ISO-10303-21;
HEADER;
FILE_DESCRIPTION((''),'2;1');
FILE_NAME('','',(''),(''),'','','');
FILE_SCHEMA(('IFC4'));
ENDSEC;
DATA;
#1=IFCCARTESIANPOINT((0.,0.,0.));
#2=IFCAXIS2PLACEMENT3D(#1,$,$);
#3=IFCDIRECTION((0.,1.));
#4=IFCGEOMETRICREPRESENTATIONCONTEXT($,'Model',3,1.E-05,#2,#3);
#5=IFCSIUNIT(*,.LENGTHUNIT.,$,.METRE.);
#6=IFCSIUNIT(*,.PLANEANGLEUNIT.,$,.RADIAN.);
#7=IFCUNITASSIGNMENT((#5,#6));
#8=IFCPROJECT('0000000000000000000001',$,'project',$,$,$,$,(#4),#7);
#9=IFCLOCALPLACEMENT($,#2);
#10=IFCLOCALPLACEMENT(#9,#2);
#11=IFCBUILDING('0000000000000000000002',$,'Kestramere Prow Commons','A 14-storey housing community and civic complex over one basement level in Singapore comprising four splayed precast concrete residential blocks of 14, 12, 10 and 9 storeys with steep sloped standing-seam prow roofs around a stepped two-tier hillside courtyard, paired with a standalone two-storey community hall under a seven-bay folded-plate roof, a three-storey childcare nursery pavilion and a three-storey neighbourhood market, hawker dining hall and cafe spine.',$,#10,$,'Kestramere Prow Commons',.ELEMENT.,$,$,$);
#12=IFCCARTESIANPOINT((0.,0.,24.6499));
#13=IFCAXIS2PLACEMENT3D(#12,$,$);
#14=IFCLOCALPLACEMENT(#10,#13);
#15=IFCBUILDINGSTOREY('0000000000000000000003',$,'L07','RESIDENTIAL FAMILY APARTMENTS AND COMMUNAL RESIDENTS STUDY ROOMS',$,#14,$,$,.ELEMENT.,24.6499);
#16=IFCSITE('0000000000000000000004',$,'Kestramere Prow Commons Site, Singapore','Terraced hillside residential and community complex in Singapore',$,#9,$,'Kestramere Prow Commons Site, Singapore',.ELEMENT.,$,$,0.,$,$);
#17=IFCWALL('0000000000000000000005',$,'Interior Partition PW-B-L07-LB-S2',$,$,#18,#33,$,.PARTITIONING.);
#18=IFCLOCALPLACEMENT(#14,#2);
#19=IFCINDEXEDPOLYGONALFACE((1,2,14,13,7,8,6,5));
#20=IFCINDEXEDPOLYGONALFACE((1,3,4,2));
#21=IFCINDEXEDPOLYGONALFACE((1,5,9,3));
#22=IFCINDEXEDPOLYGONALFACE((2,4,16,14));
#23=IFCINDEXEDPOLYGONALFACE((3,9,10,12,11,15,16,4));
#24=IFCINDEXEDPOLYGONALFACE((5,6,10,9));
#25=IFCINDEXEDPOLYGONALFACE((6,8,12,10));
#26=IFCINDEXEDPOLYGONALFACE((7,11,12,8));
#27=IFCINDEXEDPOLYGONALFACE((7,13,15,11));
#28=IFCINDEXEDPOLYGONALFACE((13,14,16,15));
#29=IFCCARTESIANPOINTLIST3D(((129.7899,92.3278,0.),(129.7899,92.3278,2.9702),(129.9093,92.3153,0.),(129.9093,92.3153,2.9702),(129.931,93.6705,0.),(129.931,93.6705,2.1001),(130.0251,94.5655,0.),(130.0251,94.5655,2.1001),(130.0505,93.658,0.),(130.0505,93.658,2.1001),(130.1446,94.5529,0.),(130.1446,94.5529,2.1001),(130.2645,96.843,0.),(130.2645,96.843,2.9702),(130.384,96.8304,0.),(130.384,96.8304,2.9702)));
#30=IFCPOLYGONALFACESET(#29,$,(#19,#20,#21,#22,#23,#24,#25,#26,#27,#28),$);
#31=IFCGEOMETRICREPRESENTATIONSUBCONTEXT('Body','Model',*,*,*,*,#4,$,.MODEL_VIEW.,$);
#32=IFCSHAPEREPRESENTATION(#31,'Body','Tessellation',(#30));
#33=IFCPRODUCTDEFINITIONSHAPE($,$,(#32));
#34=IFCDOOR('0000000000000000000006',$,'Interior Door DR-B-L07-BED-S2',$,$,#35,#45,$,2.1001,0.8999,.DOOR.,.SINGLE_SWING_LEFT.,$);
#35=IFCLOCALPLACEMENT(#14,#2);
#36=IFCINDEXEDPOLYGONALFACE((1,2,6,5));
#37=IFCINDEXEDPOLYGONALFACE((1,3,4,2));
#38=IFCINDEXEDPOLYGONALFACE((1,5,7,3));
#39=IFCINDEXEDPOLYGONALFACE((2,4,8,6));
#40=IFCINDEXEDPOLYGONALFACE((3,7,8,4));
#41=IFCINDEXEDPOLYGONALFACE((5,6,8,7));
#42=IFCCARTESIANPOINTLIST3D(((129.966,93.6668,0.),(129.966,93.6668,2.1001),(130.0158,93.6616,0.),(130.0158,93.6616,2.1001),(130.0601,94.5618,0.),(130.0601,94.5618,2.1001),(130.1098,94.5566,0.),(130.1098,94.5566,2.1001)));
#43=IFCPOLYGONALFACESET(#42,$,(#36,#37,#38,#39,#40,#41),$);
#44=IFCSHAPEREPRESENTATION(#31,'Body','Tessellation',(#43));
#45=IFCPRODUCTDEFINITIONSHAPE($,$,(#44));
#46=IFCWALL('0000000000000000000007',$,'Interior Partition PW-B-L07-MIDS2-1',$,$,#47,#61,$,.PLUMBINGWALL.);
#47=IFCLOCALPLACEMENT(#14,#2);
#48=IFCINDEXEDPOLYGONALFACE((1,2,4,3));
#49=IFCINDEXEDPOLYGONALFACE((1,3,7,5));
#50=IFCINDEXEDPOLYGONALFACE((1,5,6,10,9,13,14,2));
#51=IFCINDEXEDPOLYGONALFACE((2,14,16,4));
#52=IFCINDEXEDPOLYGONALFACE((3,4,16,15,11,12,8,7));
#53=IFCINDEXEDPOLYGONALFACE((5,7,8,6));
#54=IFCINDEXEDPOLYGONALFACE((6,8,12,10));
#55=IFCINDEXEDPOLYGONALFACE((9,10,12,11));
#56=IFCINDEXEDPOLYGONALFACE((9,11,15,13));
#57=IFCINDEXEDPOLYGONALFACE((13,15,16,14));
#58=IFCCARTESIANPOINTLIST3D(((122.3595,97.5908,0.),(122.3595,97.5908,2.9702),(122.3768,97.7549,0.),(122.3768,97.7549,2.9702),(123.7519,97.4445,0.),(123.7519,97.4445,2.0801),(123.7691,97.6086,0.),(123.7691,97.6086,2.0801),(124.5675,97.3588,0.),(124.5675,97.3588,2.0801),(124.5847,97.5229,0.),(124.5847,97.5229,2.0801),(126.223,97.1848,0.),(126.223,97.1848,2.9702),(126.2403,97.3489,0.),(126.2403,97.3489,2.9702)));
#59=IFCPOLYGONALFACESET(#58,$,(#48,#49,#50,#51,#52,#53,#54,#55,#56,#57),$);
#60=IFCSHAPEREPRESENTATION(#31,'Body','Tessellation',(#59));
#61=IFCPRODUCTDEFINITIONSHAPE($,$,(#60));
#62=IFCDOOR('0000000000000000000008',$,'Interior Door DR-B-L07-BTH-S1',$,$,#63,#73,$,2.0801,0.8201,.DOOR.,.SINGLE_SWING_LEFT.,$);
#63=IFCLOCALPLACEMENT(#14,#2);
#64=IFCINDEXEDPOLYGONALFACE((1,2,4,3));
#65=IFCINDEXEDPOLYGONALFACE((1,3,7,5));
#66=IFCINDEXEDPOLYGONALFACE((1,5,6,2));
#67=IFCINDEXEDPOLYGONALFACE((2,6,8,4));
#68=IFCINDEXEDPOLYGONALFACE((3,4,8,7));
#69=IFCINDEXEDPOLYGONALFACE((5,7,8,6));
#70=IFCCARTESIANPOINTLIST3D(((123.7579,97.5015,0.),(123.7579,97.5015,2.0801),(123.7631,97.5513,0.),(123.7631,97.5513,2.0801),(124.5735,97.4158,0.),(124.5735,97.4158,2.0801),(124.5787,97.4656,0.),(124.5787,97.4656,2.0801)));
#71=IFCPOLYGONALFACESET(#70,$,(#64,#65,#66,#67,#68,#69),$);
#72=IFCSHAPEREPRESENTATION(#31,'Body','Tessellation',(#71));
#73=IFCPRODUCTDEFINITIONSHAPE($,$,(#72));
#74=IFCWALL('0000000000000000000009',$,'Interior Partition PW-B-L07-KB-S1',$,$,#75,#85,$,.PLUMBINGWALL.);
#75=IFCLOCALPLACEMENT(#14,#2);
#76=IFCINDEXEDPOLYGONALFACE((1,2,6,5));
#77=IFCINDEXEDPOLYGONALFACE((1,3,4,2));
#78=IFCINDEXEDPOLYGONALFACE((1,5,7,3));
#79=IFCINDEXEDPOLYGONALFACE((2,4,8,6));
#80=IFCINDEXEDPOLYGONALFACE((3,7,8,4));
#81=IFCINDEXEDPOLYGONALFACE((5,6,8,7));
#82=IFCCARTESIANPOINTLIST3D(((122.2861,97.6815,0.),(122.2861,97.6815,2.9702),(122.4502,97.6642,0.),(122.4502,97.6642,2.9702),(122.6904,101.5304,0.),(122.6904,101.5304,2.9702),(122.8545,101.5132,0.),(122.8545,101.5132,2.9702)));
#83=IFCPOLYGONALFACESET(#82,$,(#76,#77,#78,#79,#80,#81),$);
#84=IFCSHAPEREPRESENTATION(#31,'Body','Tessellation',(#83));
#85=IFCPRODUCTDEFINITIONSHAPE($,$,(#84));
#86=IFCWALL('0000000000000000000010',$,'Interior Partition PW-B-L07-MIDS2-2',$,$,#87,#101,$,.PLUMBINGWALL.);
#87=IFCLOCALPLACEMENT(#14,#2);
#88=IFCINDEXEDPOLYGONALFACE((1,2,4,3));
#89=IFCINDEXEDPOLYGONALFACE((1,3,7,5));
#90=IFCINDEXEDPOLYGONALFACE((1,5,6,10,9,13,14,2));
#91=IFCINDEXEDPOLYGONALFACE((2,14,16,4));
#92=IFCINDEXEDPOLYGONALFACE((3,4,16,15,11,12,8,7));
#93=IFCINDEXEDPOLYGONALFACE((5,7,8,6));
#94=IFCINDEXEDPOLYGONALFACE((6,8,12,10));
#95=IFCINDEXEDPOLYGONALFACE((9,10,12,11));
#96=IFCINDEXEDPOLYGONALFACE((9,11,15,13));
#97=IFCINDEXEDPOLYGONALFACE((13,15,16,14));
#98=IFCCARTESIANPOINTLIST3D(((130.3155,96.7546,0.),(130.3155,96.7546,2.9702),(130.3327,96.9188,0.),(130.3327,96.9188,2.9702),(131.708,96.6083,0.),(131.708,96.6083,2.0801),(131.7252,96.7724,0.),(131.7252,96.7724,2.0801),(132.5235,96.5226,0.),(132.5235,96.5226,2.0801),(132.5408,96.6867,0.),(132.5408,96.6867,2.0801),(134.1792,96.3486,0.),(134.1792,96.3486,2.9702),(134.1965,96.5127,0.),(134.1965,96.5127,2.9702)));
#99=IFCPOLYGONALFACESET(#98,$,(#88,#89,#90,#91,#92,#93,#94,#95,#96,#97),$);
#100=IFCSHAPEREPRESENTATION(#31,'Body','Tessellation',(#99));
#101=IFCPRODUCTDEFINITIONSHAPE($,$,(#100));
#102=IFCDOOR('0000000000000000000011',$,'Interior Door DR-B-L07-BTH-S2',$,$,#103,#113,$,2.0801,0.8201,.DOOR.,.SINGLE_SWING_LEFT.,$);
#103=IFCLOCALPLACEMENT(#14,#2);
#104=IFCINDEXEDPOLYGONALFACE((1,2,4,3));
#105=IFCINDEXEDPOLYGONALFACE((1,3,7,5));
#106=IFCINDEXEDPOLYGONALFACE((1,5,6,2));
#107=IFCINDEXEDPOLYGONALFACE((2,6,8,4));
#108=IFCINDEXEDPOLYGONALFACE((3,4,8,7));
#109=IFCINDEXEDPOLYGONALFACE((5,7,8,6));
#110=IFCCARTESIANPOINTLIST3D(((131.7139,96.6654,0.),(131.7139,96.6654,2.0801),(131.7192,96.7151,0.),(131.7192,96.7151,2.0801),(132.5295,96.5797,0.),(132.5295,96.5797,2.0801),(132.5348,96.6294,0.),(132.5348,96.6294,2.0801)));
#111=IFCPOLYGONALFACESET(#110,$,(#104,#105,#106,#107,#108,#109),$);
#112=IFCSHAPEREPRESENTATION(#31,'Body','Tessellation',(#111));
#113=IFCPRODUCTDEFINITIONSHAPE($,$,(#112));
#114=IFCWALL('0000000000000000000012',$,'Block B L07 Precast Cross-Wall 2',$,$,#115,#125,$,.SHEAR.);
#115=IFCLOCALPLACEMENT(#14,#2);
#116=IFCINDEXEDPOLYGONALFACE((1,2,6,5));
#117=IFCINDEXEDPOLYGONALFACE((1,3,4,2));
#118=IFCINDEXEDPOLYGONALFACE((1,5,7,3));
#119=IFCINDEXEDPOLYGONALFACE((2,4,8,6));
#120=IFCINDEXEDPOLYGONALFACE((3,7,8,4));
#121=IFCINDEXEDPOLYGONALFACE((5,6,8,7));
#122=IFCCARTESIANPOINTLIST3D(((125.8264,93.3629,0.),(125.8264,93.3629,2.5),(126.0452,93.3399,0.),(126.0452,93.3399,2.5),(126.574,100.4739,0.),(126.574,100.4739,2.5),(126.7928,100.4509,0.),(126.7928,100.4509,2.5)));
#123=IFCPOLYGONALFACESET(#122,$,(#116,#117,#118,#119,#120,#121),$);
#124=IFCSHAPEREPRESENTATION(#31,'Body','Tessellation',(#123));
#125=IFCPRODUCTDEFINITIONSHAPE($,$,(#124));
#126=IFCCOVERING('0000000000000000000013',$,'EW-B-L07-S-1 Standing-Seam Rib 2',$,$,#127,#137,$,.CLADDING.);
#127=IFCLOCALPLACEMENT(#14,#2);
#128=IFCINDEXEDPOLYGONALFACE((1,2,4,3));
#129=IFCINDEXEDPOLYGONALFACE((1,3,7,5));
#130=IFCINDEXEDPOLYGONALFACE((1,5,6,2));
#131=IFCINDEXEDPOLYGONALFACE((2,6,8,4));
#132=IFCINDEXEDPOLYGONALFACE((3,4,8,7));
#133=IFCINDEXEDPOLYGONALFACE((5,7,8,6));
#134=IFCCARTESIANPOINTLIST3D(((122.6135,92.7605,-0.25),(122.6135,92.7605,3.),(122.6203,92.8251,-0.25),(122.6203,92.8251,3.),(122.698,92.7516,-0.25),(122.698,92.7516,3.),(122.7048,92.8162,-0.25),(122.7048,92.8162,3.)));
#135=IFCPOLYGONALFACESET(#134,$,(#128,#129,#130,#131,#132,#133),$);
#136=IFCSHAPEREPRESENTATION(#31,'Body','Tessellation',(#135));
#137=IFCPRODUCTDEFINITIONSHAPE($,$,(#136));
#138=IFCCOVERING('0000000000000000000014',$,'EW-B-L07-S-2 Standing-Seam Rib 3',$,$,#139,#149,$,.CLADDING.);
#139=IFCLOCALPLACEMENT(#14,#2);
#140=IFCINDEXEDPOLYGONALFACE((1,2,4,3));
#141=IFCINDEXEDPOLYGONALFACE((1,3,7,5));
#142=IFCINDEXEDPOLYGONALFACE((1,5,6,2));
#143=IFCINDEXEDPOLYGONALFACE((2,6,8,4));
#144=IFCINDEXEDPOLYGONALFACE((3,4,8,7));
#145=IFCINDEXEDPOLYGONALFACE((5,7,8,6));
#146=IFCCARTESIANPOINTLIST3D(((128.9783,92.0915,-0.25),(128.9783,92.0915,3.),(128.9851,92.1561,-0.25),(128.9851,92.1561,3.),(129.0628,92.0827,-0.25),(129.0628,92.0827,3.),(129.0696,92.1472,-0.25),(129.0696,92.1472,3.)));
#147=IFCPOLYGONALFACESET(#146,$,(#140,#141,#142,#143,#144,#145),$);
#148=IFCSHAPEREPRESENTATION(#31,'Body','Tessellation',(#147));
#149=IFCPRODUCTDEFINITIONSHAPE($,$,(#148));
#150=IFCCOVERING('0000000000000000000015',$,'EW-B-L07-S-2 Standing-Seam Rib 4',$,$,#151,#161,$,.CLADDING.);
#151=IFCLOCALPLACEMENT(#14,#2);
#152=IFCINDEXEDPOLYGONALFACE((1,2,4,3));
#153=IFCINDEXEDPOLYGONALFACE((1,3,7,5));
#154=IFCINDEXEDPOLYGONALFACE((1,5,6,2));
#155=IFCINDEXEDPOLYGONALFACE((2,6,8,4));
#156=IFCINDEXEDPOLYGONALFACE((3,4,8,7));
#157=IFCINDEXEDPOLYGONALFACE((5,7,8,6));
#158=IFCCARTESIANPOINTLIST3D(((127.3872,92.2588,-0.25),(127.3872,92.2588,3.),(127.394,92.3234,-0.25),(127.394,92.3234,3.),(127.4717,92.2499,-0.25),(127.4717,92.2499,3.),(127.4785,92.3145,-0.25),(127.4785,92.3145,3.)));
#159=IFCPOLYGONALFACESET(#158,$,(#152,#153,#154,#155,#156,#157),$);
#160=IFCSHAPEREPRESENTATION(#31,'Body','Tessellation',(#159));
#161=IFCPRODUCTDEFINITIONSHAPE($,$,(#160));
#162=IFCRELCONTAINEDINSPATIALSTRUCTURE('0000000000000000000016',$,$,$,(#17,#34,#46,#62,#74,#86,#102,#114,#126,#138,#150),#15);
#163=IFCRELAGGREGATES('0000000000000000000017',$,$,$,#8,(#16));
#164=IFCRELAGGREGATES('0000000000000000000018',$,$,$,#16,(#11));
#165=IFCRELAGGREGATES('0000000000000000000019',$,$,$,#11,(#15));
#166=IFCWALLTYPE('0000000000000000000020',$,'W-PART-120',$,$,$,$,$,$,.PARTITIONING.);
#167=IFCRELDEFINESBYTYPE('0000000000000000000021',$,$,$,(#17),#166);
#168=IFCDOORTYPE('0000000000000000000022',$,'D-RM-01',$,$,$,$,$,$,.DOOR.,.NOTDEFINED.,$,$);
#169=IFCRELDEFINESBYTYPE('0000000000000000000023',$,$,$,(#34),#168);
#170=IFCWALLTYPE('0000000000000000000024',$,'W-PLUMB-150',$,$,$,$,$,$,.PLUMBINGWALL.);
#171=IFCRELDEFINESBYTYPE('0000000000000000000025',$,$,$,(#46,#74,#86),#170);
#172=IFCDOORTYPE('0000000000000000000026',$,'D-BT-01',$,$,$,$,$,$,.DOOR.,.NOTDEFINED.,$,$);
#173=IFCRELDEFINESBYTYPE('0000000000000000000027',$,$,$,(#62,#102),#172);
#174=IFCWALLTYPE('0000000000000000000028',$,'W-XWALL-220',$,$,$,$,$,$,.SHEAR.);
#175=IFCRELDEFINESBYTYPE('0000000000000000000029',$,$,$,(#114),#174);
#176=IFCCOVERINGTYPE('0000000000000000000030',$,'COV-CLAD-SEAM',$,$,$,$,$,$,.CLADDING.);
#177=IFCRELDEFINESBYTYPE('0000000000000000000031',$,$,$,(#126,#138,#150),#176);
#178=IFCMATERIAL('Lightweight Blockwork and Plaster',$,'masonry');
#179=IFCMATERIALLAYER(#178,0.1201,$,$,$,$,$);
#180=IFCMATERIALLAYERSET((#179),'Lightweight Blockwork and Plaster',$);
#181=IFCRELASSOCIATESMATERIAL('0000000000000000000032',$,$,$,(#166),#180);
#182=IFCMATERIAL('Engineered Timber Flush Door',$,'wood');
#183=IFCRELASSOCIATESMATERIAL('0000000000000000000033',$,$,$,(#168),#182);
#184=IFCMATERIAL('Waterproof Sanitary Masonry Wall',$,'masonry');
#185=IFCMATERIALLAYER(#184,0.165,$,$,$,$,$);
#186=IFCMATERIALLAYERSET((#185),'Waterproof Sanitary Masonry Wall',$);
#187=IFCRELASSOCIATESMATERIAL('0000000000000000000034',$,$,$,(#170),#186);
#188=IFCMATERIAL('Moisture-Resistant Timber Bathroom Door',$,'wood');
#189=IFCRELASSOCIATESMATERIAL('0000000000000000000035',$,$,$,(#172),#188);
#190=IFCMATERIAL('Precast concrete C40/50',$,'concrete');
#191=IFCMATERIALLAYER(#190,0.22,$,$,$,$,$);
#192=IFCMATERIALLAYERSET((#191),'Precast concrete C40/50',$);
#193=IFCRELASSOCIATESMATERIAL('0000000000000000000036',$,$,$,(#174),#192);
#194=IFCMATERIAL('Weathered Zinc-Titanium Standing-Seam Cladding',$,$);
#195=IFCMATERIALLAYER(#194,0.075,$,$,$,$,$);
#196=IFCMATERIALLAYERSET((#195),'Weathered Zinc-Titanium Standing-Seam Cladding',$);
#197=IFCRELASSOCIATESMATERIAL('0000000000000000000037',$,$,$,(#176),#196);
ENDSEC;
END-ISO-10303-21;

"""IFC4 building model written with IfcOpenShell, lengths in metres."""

from ifc_helpers import new_model, si_unit, direction, frame, frame_2d, origin, origin_2d, place, context, subcontext, project, spatial, rectangle, extrude, material, layer, layer_set, type_object, element, fill, save


model = new_model("IFC4")

# Units and contexts
model_context = context("Model", 3, precision=1e-05, world=origin(), true_north=direction((0.0, 1.0)))
body_context = subcontext(model_context, "Body", "Model", "MODEL_VIEW")
ifc_project = project(units=[si_unit("LENGTHUNIT", "METRE"), si_unit("PLANEANGLEUNIT", "RADIAN")], contexts=[model_context])

# Site, building, storey
site_placement = place(None, origin())
site = spatial("IfcSite", under=ifc_project, at=site_placement, Name="Kestramere Prow Commons Site, Singapore", Description="Terraced hillside residential and community complex in Singapore", LongName="Kestramere Prow Commons Site, Singapore", CompositionType="ELEMENT", RefElevation=0.0)
building_placement = place(site_placement, origin())
building = spatial("IfcBuilding", under=site, at=building_placement, Name="Kestramere Prow Commons", Description="A 14-storey housing community and civic complex over one basement level in Singapore comprising four splayed precast concrete residential blocks of 14, 12, 10 and 9 storeys with steep sloped standing-seam prow roofs around a stepped two-tier hillside courtyard, paired with a standalone two-storey community hall under a seven-bay folded-plate roof, a three-storey childcare nursery pavilion and a three-storey neighbourhood market, hawker dining hall and cafe spine.", LongName="Kestramere Prow Commons", CompositionType="ELEMENT")
storey_placement = place(building_placement, frame((0.0, 0.0, 24.6499)))
storey = spatial("IfcBuildingStorey", under=building, at=storey_placement, Name="L07", Description="RESIDENTIAL FAMILY APARTMENTS AND COMMUNAL RESIDENTS STUDY ROOMS", CompositionType="ELEMENT", Elevation=24.6499)

# Shared definitions
ifc_material_1 = material(Name="Precast concrete C40/50", Category="concrete")

# Walls, openings, doors
ifc_material_2 = material(Name="Lightweight Blockwork and Plaster", Category="masonry")
ifc_layer_1 = layer(ifc_material_2, 0.1201)
ifc_layer_set_1 = layer_set([ifc_layer_1], Name="Lightweight Blockwork and Plaster")
wall_type_1 = type_object("IfcWallType", Name="W-PART-120", PredefinedType="PARTITIONING", material=ifc_layer_set_1)
wall_1_placement = place(storey_placement, frame((129.8496, 92.3215, 0.0), z_axis=(0.0, 0.0, 1.0), x_axis=(0.104539, 0.994521, 0.0)))
wall_1 = element("IfcWall", 1, at=wall_1_placement, inside=storey, type_object=wall_type_1, Name="Interior Partition PW-B-L07-LB-S2", PredefinedType="PARTITIONING", context=body_context, shape_type="SweptSolid", body=[
    extrude(rectangle(XDim=4.54, YDim=0.1201, at=frame_2d((2.27, 0.0))), origin(), (0.0, 0.0, 1.0), 2.9702),
])
opening_1_placement = place(wall_1_placement, frame((1.3501, 0.0, 0.0)))
opening_1 = element("IfcOpeningElement", 2, at=opening_1_placement, cuts=wall_1, PredefinedType="OPENING", context=body_context, shape_type="SweptSolid", body=[
    extrude(rectangle(XDim=0.8999, YDim=2.1001, at=frame_2d((0.45, 1.05))), frame((0.0, 0.075, 0.0), z_axis=(0.0, -1.0, 0.0), x_axis=(1.0, 0.0, 0.0)), (0.0, 0.0, 1.0), 0.1501),
])
ifc_material_3 = material(Name="Engineered Timber Flush Door", Category="wood")
door_type_1 = type_object("IfcDoorType", Name="D-RM-01", OperationType="NOTDEFINED", PredefinedType="DOOR", material=ifc_material_3)
door_1_placement = place(opening_1_placement, origin())
door_1 = element("IfcDoor", 3, at=door_1_placement, inside=storey, type_object=door_type_1, Name="Interior Door DR-B-L07-BED-S2", OperationType="SINGLE_SWING_LEFT", OverallHeight=2.1001, OverallWidth=0.8999, PredefinedType="DOOR", context=body_context, shape_type="SweptSolid", body=[
    extrude(rectangle(XDim=0.8999, YDim=2.1001, at=frame_2d((0.45, 1.05))), frame((0.0, 0.0249, 0.0), z_axis=(0.0, -1.0, 0.0), x_axis=(1.0, 0.0, 0.0)), (0.0, 0.0, 1.0), 0.05),
])
fill(opening_1, door_1)
ifc_material_4 = material(Name="Waterproof Sanitary Masonry Wall", Category="masonry")
ifc_layer_2 = layer(ifc_material_4, 0.165)
ifc_layer_set_2 = layer_set([ifc_layer_2], Name="Waterproof Sanitary Masonry Wall")
wall_type_2 = type_object("IfcWallType", Name="W-PLUMB-150", PredefinedType="PLUMBINGWALL", material=ifc_layer_set_2)
wall_2_placement = place(storey_placement, frame((122.3682, 97.6729, 0.0), z_axis=(0.0, 0.0, 1.0), x_axis=(0.994524, -0.104511, 0.0)))
wall_2 = element("IfcWall", 4, at=wall_2_placement, inside=storey, type_object=wall_type_2, Name="Interior Partition PW-B-L07-MIDS2-1", PredefinedType="PLUMBINGWALL", context=body_context, shape_type="SweptSolid", body=[
    extrude(rectangle(XDim=3.8848, YDim=0.165, at=frame_2d((1.9424, 0.0))), origin(), (0.0, 0.0, 1.0), 2.9702),
])
opening_2_placement = place(wall_2_placement, frame((1.3999, 0.0, 0.0)))
opening_2 = element("IfcOpeningElement", 5, at=opening_2_placement, cuts=wall_2, PredefinedType="OPENING", context=body_context, shape_type="SweptSolid", body=[
    extrude(rectangle(XDim=0.8201, YDim=2.0801, at=frame_2d((0.4102, 1.04))), frame((0.0, 0.0974, 0.0), z_axis=(0.0, -1.0, 0.0), x_axis=(1.0, 0.0, 0.0)), (0.0, 0.0, 1.0), 0.1951),
])
ifc_material_5 = material(Name="Moisture-Resistant Timber Bathroom Door", Category="wood")
door_type_2 = type_object("IfcDoorType", Name="D-BT-01", OperationType="NOTDEFINED", PredefinedType="DOOR", material=ifc_material_5)
door_2_placement = place(opening_2_placement, origin())
door_2 = element("IfcDoor", 6, at=door_2_placement, inside=storey, type_object=door_type_2, Name="Interior Door DR-B-L07-BTH-S1", OperationType="SINGLE_SWING_LEFT", OverallHeight=2.0801, OverallWidth=0.8201, PredefinedType="DOOR", context=body_context, shape_type="SweptSolid", body=[
    extrude(rectangle(XDim=0.8201, YDim=2.0801, at=frame_2d((0.4102, 1.04))), frame((0.0, 0.0249, 0.0), z_axis=(0.0, -1.0, 0.0), x_axis=(1.0, 0.0, 0.0)), (0.0, 0.0, 1.0), 0.05),
])
fill(opening_2, door_2)

# Wall
wall_3_placement = place(storey_placement, frame((122.3682, 97.6729, 0.0), z_axis=(0.0, 0.0, 1.0), x_axis=(0.104468, 0.994528, 0.0)))
element("IfcWall", 7, at=wall_3_placement, inside=storey, type_object=wall_type_2, Name="Interior Partition PW-B-L07-KB-S1", PredefinedType="PLUMBINGWALL", context=body_context, shape_type="SweptSolid", body=[
    extrude(rectangle(XDim=3.8701, YDim=0.165, at=frame_2d((1.9351, 0.0))), origin(), (0.0, 0.0, 1.0), 2.9702),
])

# Wall, opening, door
wall_4_placement = place(storey_placement, frame((130.3242, 96.8367, 0.0), z_axis=(0.0, 0.0, 1.0), x_axis=(0.994524, -0.104505, 0.0)))
wall_4 = element("IfcWall", 8, at=wall_4_placement, inside=storey, type_object=wall_type_2, Name="Interior Partition PW-B-L07-MIDS2-2", PredefinedType="PLUMBINGWALL", context=body_context, shape_type="SweptSolid", body=[
    extrude(rectangle(XDim=3.885, YDim=0.165, at=frame_2d((1.9424, 0.0))), origin(), (0.0, 0.0, 1.0), 2.9702),
])
opening_3_placement = place(wall_4_placement, frame((1.3999, 0.0, 0.0)))
opening_3 = element("IfcOpeningElement", 9, at=opening_3_placement, cuts=wall_4, PredefinedType="OPENING", context=body_context, shape_type="SweptSolid", body=[
    extrude(rectangle(XDim=0.8201, YDim=2.0801, at=frame_2d((0.4102, 1.04))), frame((0.0, 0.0974, 0.0), z_axis=(0.0, -1.0, 0.0), x_axis=(1.0, 0.0, 0.0)), (0.0, 0.0, 1.0), 0.1951),
])
door_3_placement = place(opening_3_placement, origin())
door_3 = element("IfcDoor", 10, at=door_3_placement, inside=storey, type_object=door_type_2, Name="Interior Door DR-B-L07-BTH-S2", OperationType="SINGLE_SWING_LEFT", OverallHeight=2.0801, OverallWidth=0.8201, PredefinedType="DOOR", context=body_context, shape_type="SweptSolid", body=[
    extrude(rectangle(XDim=0.8201, YDim=2.0801, at=frame_2d((0.4102, 1.04))), frame((0.0, 0.0249, 0.0), z_axis=(0.0, -1.0, 0.0), x_axis=(1.0, 0.0, 0.0)), (0.0, 0.0, 1.0), 0.05),
])
fill(opening_3, door_3)

# Wall
ifc_layer_3 = layer(ifc_material_1, 0.22)
ifc_layer_set_3 = layer_set([ifc_layer_3], Name="Precast concrete C40/50")
wall_type_3 = type_object("IfcWallType", Name="W-XWALL-220", PredefinedType="SHEAR", material=ifc_layer_set_3)
wall_5_placement = place(storey_placement, frame((125.9358, 93.3513, 0.0), z_axis=(0.0, 0.0, 1.0), x_axis=(0.104553, 0.994519, 0.0)))
element("IfcWall", 11, at=wall_5_placement, inside=storey, type_object=wall_type_3, Name="Block B L07 Precast Cross-Wall 2", PredefinedType="SHEAR", context=body_context, shape_type="SweptSolid", body=[
    extrude(rectangle(XDim=7.1501, YDim=0.22, at=frame_2d((3.5752, 0.0))), origin(), (0.0, 0.0, 1.0), 2.5),
])

# Coverings
ifc_material_6 = material(Name="Weathered Zinc-Titanium Standing-Seam Cladding")
ifc_layer_4 = layer(ifc_material_6, 0.075)
ifc_layer_set_4 = layer_set([ifc_layer_4], Name="Weathered Zinc-Titanium Standing-Seam Cladding")
covering_type = type_object("IfcCoveringType", Name="COV-CLAD-SEAM", PredefinedType="CLADDING", material=ifc_layer_set_4)
for number, where, z_axis, x_axis, name in (
    (12, (122.6592, 92.7883, -0.25), (0.0, 0.0, 1.0), (-0.994522, 0.104528, 0.0), "EW-B-L07-S-1 Standing-Seam Rib 2"),
    (13, (129.0239, 92.1194, -0.25), (0.0, 0.0, 1.0), (-0.994522, 0.104528, 0.0), "EW-B-L07-S-2 Standing-Seam Rib 3"),
    (14, (127.4329, 92.2866, -0.25), (0.0, 0.0, 1.0), (-0.994522, 0.104528, 0.0), "EW-B-L07-S-2 Standing-Seam Rib 4"),
):
    element("IfcCovering", number, at=place(storey_placement, frame(where, z_axis=z_axis, x_axis=x_axis)), inside=storey, type_object=covering_type, Name=name, PredefinedType="CLADDING", context=body_context, shape_type="SweptSolid", body=[
        extrude(rectangle(XDim=0.085, YDim=0.0649, at=origin_2d()), origin(), (0.0, 0.0, 1.0), 3.25),
    ])

save(model, "model.ifc")
